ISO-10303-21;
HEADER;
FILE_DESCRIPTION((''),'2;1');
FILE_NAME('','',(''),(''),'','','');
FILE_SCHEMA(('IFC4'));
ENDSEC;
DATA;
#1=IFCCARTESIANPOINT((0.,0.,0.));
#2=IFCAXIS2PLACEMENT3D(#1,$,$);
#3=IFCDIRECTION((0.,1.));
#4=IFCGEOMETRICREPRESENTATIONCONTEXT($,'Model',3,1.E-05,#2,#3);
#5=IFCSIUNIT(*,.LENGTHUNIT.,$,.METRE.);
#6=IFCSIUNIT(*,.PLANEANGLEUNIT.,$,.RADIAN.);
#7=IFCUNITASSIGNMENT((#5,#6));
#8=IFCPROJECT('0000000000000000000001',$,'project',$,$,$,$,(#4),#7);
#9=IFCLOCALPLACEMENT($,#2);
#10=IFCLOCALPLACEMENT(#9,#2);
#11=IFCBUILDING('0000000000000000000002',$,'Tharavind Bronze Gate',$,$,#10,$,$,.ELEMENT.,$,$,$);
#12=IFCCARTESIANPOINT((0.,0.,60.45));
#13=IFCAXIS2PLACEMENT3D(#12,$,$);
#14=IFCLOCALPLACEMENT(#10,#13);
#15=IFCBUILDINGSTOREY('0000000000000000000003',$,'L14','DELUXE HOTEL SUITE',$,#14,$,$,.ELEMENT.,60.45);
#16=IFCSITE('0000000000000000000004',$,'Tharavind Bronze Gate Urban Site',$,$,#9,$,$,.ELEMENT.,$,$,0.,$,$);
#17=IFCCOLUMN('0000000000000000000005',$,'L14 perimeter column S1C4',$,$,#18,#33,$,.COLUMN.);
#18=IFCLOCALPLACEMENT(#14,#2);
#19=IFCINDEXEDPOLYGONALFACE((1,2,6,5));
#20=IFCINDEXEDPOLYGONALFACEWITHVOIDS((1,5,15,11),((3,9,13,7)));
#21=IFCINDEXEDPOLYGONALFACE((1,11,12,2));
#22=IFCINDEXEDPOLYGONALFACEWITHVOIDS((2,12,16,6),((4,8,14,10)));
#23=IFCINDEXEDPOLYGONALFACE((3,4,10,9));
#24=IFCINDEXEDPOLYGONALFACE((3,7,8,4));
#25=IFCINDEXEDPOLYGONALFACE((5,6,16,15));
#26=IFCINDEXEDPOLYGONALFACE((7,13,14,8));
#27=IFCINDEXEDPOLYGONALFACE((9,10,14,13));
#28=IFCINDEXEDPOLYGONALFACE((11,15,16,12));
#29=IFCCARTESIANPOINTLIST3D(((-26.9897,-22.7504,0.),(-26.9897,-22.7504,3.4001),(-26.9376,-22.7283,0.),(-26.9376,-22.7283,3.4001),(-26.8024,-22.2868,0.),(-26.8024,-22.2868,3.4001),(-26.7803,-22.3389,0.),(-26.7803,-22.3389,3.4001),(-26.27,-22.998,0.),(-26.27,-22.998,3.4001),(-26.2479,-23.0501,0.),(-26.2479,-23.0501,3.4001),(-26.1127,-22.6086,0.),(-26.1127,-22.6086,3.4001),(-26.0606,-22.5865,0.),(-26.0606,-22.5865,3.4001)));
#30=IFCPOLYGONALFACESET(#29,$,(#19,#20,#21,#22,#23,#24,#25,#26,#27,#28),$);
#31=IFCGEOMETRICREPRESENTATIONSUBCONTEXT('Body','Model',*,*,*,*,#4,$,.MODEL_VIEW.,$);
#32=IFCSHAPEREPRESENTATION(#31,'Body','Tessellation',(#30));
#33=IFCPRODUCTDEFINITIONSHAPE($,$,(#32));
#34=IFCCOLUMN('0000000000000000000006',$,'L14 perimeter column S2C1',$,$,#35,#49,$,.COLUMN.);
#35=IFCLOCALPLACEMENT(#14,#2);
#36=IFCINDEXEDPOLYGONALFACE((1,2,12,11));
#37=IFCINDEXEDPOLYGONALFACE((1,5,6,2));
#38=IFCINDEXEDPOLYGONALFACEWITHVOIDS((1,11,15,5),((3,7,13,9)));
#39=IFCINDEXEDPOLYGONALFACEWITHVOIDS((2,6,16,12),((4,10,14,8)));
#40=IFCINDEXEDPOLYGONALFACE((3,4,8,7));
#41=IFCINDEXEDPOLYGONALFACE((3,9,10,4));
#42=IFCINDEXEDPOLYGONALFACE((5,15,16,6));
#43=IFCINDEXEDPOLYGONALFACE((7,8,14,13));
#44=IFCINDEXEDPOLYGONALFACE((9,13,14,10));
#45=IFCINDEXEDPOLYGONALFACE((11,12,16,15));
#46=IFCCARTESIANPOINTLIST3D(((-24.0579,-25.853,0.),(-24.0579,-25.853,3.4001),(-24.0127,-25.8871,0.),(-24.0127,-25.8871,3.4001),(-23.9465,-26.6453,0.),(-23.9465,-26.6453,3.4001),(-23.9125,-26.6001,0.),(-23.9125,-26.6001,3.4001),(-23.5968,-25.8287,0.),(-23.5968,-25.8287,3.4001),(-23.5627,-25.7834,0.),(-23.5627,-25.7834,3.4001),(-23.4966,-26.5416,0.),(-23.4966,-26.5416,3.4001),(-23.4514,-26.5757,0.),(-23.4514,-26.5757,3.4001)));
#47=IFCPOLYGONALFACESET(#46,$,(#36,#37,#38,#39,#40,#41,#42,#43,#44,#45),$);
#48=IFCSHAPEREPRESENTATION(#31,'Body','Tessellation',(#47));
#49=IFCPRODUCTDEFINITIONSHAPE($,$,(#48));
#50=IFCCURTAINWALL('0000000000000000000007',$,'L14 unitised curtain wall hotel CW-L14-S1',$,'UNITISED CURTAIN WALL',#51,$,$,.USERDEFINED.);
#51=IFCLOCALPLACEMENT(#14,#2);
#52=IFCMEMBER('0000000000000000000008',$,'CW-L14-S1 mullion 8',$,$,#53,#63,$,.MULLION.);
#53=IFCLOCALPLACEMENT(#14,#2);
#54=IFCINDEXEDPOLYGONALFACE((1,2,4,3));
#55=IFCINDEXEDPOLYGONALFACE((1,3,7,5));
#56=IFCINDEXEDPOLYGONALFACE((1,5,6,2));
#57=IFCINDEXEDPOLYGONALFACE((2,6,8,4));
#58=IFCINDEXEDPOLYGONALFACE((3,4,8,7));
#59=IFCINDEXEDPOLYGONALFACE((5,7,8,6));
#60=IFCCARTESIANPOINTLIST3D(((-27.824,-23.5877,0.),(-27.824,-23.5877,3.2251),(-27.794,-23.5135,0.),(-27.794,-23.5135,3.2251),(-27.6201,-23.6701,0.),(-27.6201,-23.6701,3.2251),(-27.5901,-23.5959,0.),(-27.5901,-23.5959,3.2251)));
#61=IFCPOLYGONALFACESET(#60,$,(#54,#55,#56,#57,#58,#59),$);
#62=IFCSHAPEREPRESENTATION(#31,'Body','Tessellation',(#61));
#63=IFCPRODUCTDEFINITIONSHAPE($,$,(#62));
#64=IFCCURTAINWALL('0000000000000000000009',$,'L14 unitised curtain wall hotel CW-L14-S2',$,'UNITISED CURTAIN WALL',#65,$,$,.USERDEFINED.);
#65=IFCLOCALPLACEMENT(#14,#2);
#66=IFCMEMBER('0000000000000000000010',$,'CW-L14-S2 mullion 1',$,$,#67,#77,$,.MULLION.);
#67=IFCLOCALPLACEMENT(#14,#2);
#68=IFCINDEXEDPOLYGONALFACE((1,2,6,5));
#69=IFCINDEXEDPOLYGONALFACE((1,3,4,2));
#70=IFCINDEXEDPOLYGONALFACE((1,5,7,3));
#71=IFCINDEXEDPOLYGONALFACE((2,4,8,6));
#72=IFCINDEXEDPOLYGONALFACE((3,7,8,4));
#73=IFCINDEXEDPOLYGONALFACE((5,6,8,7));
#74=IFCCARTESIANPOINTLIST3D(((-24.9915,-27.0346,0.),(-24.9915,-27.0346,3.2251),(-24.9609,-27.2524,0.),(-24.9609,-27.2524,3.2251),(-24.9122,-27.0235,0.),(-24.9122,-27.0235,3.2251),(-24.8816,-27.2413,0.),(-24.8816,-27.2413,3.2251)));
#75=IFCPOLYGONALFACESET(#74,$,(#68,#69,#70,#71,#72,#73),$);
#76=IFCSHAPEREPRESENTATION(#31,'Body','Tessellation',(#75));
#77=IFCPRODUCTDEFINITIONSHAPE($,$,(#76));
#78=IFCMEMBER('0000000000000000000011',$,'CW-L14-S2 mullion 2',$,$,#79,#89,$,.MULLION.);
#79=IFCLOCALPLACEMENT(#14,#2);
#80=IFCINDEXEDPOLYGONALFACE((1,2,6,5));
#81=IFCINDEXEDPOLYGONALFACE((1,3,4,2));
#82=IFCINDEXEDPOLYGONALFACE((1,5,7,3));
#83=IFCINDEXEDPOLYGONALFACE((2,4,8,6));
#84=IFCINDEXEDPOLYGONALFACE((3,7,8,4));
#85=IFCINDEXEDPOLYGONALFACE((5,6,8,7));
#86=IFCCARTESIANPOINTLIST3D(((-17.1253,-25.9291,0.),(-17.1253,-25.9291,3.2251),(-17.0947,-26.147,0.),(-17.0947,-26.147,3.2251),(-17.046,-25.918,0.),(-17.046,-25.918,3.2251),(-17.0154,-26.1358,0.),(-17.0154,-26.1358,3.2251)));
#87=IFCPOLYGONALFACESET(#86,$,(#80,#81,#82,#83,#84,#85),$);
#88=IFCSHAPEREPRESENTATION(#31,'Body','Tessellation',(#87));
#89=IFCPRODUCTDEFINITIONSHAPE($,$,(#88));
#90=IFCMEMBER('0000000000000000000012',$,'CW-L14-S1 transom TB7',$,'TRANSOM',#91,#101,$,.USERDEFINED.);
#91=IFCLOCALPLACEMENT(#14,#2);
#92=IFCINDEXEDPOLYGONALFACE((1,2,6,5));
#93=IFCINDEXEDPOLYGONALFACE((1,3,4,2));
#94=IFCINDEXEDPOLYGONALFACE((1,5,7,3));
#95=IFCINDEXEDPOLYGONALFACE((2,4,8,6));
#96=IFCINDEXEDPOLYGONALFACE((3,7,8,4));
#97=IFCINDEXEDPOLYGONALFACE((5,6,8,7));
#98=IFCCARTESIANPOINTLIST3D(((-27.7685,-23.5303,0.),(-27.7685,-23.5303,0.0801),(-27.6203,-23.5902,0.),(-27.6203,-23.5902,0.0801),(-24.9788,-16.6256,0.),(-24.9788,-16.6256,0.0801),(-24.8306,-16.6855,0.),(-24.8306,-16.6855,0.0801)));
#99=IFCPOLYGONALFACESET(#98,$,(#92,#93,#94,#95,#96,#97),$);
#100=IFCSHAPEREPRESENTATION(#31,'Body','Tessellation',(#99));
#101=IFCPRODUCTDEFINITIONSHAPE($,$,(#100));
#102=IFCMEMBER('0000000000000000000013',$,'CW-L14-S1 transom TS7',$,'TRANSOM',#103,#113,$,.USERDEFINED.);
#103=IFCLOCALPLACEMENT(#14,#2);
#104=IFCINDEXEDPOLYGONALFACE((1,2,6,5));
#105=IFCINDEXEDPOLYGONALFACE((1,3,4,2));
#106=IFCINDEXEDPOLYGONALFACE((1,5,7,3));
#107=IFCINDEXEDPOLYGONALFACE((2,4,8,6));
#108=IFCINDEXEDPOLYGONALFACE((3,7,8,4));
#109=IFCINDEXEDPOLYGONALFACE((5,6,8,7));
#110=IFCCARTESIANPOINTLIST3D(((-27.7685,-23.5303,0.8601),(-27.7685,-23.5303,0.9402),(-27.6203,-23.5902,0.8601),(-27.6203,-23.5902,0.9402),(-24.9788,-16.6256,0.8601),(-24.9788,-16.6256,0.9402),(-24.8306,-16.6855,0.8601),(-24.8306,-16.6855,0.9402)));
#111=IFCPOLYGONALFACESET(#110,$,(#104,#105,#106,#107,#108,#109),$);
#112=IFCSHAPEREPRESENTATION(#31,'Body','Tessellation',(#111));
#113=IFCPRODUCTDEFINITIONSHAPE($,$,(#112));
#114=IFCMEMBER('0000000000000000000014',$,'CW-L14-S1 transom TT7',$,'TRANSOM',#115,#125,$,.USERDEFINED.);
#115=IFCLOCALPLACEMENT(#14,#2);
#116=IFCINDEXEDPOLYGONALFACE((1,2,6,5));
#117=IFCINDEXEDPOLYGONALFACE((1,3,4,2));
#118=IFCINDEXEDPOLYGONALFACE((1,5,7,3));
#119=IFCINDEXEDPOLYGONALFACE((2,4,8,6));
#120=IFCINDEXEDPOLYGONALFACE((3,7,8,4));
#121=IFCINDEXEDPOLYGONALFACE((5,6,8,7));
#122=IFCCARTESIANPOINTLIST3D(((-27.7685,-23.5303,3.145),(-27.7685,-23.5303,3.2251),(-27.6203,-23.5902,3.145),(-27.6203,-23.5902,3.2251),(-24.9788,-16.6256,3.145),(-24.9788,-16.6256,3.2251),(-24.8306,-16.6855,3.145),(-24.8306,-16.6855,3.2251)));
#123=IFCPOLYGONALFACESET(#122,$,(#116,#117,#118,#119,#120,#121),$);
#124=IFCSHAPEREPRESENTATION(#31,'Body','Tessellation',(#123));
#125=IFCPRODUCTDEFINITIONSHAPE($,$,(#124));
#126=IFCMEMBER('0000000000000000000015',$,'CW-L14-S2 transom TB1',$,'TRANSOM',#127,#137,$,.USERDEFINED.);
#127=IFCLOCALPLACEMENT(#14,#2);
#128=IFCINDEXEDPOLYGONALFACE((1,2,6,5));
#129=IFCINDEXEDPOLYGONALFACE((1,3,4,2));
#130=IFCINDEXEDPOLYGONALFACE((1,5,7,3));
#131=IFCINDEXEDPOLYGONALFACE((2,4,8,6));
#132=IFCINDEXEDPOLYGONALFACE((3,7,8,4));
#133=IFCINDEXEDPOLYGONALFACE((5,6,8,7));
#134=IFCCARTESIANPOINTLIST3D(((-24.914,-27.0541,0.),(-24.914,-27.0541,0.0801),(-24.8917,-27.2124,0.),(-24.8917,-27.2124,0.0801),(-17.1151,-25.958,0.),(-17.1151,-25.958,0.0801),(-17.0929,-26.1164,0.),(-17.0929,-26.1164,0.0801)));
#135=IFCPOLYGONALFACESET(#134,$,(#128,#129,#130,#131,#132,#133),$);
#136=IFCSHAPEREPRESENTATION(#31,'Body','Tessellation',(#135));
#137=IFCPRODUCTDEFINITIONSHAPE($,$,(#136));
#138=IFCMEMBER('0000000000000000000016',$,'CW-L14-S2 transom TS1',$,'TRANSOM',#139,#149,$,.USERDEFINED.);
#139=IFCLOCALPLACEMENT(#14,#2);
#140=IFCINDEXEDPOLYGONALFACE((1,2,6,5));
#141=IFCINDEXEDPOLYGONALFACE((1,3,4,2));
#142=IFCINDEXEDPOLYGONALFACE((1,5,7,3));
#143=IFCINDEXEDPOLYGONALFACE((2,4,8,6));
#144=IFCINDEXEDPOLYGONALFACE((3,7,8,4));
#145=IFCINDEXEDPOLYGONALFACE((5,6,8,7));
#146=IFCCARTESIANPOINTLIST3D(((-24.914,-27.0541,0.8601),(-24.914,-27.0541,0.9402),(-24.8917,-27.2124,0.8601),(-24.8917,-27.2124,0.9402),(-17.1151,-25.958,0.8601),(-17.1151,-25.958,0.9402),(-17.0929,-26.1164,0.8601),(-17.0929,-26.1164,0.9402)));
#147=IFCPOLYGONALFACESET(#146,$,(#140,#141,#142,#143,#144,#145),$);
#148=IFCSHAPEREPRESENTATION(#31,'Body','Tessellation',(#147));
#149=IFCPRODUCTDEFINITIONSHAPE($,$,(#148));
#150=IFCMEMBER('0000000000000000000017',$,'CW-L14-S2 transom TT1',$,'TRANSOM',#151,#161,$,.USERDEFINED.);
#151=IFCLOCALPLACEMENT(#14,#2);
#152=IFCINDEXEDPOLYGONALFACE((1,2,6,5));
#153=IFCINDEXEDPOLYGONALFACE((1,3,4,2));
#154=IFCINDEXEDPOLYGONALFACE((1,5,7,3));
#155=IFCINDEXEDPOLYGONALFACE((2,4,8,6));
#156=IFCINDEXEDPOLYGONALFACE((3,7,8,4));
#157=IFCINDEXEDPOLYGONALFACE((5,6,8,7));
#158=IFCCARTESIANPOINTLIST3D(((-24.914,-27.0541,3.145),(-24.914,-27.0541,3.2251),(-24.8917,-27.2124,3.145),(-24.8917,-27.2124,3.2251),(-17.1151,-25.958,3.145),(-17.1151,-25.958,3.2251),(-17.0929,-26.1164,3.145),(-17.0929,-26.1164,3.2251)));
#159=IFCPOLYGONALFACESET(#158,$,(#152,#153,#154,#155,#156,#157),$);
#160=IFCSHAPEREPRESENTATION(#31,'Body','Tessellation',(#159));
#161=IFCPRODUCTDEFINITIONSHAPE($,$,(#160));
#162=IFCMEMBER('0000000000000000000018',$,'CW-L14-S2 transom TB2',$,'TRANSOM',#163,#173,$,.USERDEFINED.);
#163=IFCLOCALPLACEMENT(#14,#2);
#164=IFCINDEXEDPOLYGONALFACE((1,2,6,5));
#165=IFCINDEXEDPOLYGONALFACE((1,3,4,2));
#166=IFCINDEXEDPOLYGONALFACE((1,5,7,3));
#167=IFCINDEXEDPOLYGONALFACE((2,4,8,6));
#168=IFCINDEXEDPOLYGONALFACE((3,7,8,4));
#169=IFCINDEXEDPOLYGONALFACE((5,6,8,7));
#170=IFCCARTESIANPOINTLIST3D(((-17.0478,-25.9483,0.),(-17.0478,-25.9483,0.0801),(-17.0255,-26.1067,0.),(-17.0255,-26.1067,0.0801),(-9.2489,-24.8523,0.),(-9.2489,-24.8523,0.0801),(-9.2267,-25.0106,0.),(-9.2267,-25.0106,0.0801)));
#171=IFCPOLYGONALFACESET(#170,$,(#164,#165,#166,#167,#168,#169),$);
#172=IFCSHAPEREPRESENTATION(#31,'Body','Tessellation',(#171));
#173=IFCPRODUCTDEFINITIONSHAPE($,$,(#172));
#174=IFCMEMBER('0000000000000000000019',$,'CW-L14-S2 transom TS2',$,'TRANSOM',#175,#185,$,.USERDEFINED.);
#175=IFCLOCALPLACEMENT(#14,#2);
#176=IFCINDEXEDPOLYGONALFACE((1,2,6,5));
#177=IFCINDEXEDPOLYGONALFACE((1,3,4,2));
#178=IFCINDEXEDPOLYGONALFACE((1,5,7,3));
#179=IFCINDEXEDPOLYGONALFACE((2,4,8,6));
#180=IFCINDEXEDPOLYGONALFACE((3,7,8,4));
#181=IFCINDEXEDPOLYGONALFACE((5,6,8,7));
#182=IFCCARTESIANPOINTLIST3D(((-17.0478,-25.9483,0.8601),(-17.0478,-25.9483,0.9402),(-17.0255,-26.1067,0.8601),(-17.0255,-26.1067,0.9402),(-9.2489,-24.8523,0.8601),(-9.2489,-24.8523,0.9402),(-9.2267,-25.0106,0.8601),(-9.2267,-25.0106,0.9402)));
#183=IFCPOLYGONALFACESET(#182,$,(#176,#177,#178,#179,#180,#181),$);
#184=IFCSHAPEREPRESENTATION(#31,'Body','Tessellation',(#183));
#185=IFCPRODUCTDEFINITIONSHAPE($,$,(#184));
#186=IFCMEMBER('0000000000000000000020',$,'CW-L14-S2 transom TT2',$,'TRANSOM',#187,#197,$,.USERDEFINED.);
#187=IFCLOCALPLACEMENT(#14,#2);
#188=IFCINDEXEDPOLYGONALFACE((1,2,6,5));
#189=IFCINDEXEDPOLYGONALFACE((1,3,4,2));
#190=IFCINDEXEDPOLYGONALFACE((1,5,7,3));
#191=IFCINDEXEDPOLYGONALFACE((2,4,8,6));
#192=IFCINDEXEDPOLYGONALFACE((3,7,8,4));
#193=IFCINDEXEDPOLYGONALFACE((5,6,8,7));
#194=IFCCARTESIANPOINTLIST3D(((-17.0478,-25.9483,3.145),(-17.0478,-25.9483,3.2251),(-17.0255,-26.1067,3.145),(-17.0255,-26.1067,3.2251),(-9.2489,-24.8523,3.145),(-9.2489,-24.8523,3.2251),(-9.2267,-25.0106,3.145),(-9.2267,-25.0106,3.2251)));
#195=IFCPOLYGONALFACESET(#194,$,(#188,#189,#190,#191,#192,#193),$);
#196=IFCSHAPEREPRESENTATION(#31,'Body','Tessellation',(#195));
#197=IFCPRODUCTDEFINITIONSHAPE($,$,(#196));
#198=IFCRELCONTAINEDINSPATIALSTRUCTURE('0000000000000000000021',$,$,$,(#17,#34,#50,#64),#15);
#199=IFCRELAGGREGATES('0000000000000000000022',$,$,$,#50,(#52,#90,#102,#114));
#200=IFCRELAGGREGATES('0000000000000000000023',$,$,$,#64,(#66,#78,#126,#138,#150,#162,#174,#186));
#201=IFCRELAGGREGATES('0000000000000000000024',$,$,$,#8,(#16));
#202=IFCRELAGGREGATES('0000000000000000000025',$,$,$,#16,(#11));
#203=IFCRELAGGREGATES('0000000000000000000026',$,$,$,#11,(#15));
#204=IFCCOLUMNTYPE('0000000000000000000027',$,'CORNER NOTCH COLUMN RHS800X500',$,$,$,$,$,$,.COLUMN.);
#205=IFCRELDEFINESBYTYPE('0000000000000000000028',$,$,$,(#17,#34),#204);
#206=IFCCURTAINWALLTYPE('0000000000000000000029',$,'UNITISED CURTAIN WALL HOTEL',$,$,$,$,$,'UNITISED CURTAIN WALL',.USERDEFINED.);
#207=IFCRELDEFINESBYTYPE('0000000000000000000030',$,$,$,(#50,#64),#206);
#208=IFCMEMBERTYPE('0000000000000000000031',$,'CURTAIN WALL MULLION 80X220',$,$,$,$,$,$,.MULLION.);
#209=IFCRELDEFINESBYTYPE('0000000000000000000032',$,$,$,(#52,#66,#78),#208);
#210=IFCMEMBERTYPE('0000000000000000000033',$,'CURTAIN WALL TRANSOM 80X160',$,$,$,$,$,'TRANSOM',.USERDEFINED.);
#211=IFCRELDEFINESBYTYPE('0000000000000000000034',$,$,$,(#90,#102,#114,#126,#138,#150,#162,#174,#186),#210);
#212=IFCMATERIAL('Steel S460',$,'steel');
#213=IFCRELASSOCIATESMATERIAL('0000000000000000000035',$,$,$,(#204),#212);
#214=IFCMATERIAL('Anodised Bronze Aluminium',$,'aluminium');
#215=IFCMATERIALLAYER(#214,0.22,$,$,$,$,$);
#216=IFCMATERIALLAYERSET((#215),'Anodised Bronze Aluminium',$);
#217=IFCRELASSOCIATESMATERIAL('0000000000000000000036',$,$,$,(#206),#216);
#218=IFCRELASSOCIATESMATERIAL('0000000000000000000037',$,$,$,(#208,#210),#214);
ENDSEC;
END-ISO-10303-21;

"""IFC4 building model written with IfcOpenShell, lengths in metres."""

from ifc_helpers import new_model, si_unit, direction, frame, origin, origin_2d, place, context, subcontext, project, spatial, rectangle, hollow_rectangle, extrude, material, layer, layer_set, material_profile, profile_set, type_object, element, aggregate, save


model = new_model("IFC4")

# Units and contexts
model_context = context("Model", 3, precision=1e-05, world=origin(), true_north=direction((0.0, 1.0)))
body_context = subcontext(model_context, "Body", "Model", "MODEL_VIEW")
ifc_project = project(units=[si_unit("LENGTHUNIT", "METRE"), si_unit("PLANEANGLEUNIT", "RADIAN")], contexts=[model_context])

# Site, building, storey
site_placement = place(None, origin())
site = spatial("IfcSite", under=ifc_project, at=site_placement, Name="Tharavind Bronze Gate Urban Site", CompositionType="ELEMENT", RefElevation=0.0)
building_placement = place(site_placement, origin())
building = spatial("IfcBuilding", under=site, at=building_placement, Name="Tharavind Bronze Gate", CompositionType="ELEMENT")
storey_placement = place(building_placement, frame((0.0, 0.0, 60.45)))
storey = spatial("IfcBuildingStorey", under=building, at=storey_placement, Name="L14", Description="DELUXE HOTEL SUITE", CompositionType="ELEMENT", Elevation=60.45)

# Columns
ifc_material_1 = material(Name="Steel S460", Category="steel")
ifc_material_profile_1 = material_profile(ifc_material_1, hollow_rectangle(XDim=0.5, YDim=0.8, WallThickness=0.04, at=origin_2d()), Name="RHS800X500X40")
ifc_profile_set_1 = profile_set([ifc_material_profile_1], Name="Steel S460")
column_type = type_object("IfcColumnType", Name="CORNER NOTCH COLUMN RHS800X500", PredefinedType="COLUMN", material=ifc_profile_set_1)
for number, where, z_axis, x_axis, name in (
    (1, (-26.5251, -22.6685, 0.0), (0.0, 0.0, 1.0), (0.374608, 0.927183, 0.0), "L14 perimeter column S1C4"),
    (2, (-23.7546, -26.2144, 0.0), (0.0, 0.0, 1.0), (0.990268, 0.139173, 0.0), "L14 perimeter column S2C1"),
):
    element("IfcColumn", number, at=place(storey_placement, frame(where, z_axis=z_axis, x_axis=x_axis)), inside=storey, type_object=column_type, Name=name, PredefinedType="COLUMN", context=body_context, shape_type="SweptSolid", body=[
        extrude(hollow_rectangle(XDim=0.5, YDim=0.8, WallThickness=0.04, at=origin_2d()), origin(), (0.0, 0.0, 1.0), 3.4001),
    ])

# Curtain wall, member
ifc_material_2 = material(Name="Anodised Bronze Aluminium", Category="aluminium")
ifc_layer_1 = layer(ifc_material_2, 0.22)
ifc_layer_set_1 = layer_set([ifc_layer_1], Name="Anodised Bronze Aluminium")
curtain_wall_type = type_object("IfcCurtainWallType", Name="UNITISED CURTAIN WALL HOTEL", ElementType="UNITISED CURTAIN WALL", PredefinedType="USERDEFINED", material=ifc_layer_set_1)
curtain_wall_1_placement = place(storey_placement, origin())
curtain_wall_1 = element("IfcCurtainWall", 3, at=curtain_wall_1_placement, inside=storey, type_object=curtain_wall_type, Name="L14 unitised curtain wall hotel CW-L14-S1", ObjectType="UNITISED CURTAIN WALL", PredefinedType="USERDEFINED")
member_type_1 = type_object("IfcMemberType", Name="CURTAIN WALL MULLION 80X220", PredefinedType="MULLION", material=ifc_material_2)
member_1_placement = place(storey_placement, frame((-27.707, -23.5918, 0.0), z_axis=(0.0, 0.0, 1.0), x_axis=(-0.374607, -0.927184, 0.0)))
member_1 = element("IfcMember", 4, at=member_1_placement, type_object=member_type_1, Name="CW-L14-S1 mullion 8", PredefinedType="MULLION", context=body_context, shape_type="SweptSolid", body=[
    extrude(rectangle(XDim=0.0801, YDim=0.22, at=origin_2d()), origin(), (0.0, 0.0, 1.0), 3.2251),
])

# Curtain wall, members
curtain_wall_2_placement = place(storey_placement, origin())
curtain_wall_2 = element("IfcCurtainWall", 5, at=curtain_wall_2_placement, inside=storey, type_object=curtain_wall_type, Name="L14 unitised curtain wall hotel CW-L14-S2", ObjectType="UNITISED CURTAIN WALL", PredefinedType="USERDEFINED")
member_2_placement = place(storey_placement, frame((-24.9365, -27.1379, 0.0), z_axis=(0.0, 0.0, 1.0), x_axis=(0.990268, 0.139173, 0.0)))
member_2 = element("IfcMember", 6, at=member_2_placement, type_object=member_type_1, Name="CW-L14-S2 mullion 1", PredefinedType="MULLION", context=body_context, shape_type="SweptSolid", body=[
    extrude(rectangle(XDim=0.0801, YDim=0.22, at=origin_2d()), origin(), (0.0, 0.0, 1.0), 3.2251),
])
member_3_placement = place(storey_placement, frame((-17.0703, -26.0325, 0.0), z_axis=(0.0, 0.0, 1.0), x_axis=(0.990268, 0.139173, 0.0)))
member_3 = element("IfcMember", 7, at=member_3_placement, type_object=member_type_1, Name="CW-L14-S2 mullion 2", PredefinedType="MULLION", context=body_context, shape_type="SweptSolid", body=[
    extrude(rectangle(XDim=0.0801, YDim=0.22, at=origin_2d()), origin(), (0.0, 0.0, 1.0), 3.2251),
])

# Members
member_type_2 = type_object("IfcMemberType", Name="CURTAIN WALL TRANSOM 80X160", ElementType="TRANSOM", PredefinedType="USERDEFINED", material=ifc_material_2)
member_4_placement = place(storey_placement, frame((-26.2996, -20.1079, 0.0), z_axis=(0.0, 0.0, 1.0), x_axis=(-0.374607, -0.927184, 0.0)))
member_4 = element("IfcMember", 8, at=member_4_placement, type_object=member_type_2, Name="CW-L14-S1 transom TB7", ObjectType="TRANSOM", PredefinedType="USERDEFINED", context=body_context, shape_type="SweptSolid", body=[
    extrude(rectangle(XDim=7.447, YDim=0.1599, at=origin_2d()), origin(), (0.0, 0.0, 1.0), 0.0801),
])
member_5_placement = place(storey_placement, frame((-26.2996, -20.1079, 0.8601), z_axis=(0.0, 0.0, 1.0), x_axis=(-0.374607, -0.927184, 0.0)))
member_5 = element("IfcMember", 9, at=member_5_placement, type_object=member_type_2, Name="CW-L14-S1 transom TS7", ObjectType="TRANSOM", PredefinedType="USERDEFINED", context=body_context, shape_type="SweptSolid", body=[
    extrude(rectangle(XDim=7.447, YDim=0.1599, at=origin_2d()), origin(), (0.0, 0.0, 1.0), 0.0801),
])
member_6_placement = place(storey_placement, frame((-26.2996, -20.1079, 3.145), z_axis=(0.0, 0.0, 1.0), x_axis=(-0.374607, -0.927184, 0.0)))
member_6 = element("IfcMember", 10, at=member_6_placement, type_object=member_type_2, Name="CW-L14-S1 transom TT7", ObjectType="TRANSOM", PredefinedType="USERDEFINED", context=body_context, shape_type="SweptSolid", body=[
    extrude(rectangle(XDim=7.447, YDim=0.1599, at=origin_2d()), origin(), (0.0, 0.0, 1.0), 0.0801),
])
aggregate(curtain_wall_1, [member_1, member_4, member_5, member_6])
member_7_placement = place(storey_placement, frame((-21.0034, -26.5852, 0.0), z_axis=(0.0, 0.0, 1.0), x_axis=(0.990268, 0.139173, 0.0)))
member_7 = element("IfcMember", 11, at=member_7_placement, type_object=member_type_2, Name="CW-L14-S2 transom TB1", ObjectType="TRANSOM", PredefinedType="USERDEFINED", context=body_context, shape_type="SweptSolid", body=[
    extrude(rectangle(XDim=7.8755, YDim=0.1599, at=origin_2d()), origin(), (0.0, 0.0, 1.0), 0.0801),
])
member_8_placement = place(storey_placement, frame((-21.0034, -26.5852, 0.8601), z_axis=(0.0, 0.0, 1.0), x_axis=(0.990268, 0.139173, 0.0)))
member_8 = element("IfcMember", 12, at=member_8_placement, type_object=member_type_2, Name="CW-L14-S2 transom TS1", ObjectType="TRANSOM", PredefinedType="USERDEFINED", context=body_context, shape_type="SweptSolid", body=[
    extrude(rectangle(XDim=7.8755, YDim=0.1599, at=origin_2d()), origin(), (0.0, 0.0, 1.0), 0.0801),
])
member_9_placement = place(storey_placement, frame((-21.0034, -26.5852, 3.145), z_axis=(0.0, 0.0, 1.0), x_axis=(0.990268, 0.139173, 0.0)))
member_9 = element("IfcMember", 13, at=member_9_placement, type_object=member_type_2, Name="CW-L14-S2 transom TT1", ObjectType="TRANSOM", PredefinedType="USERDEFINED", context=body_context, shape_type="SweptSolid", body=[
    extrude(rectangle(XDim=7.8755, YDim=0.1599, at=origin_2d()), origin(), (0.0, 0.0, 1.0), 0.0801),
])
member_10_placement = place(storey_placement, frame((-13.1372, -25.4795, 0.0), z_axis=(0.0, 0.0, 1.0), x_axis=(0.990268, 0.139173, 0.0)))
member_10 = element("IfcMember", 14, at=member_10_placement, type_object=member_type_2, Name="CW-L14-S2 transom TB2", ObjectType="TRANSOM", PredefinedType="USERDEFINED", context=body_context, shape_type="SweptSolid", body=[
    extrude(rectangle(XDim=7.8755, YDim=0.1599, at=origin_2d()), origin(), (0.0, 0.0, 1.0), 0.0801),
])
member_11_placement = place(storey_placement, frame((-13.1372, -25.4795, 0.8601), z_axis=(0.0, 0.0, 1.0), x_axis=(0.990268, 0.139173, 0.0)))
member_11 = element("IfcMember", 15, at=member_11_placement, type_object=member_type_2, Name="CW-L14-S2 transom TS2", ObjectType="TRANSOM", PredefinedType="USERDEFINED", context=body_context, shape_type="SweptSolid", body=[
    extrude(rectangle(XDim=7.8755, YDim=0.1599, at=origin_2d()), origin(), (0.0, 0.0, 1.0), 0.0801),
])
member_12_placement = place(storey_placement, frame((-13.1372, -25.4795, 3.145), z_axis=(0.0, 0.0, 1.0), x_axis=(0.990268, 0.139173, 0.0)))
member_12 = element("IfcMember", 16, at=member_12_placement, type_object=member_type_2, Name="CW-L14-S2 transom TT2", ObjectType="TRANSOM", PredefinedType="USERDEFINED", context=body_context, shape_type="SweptSolid", body=[
    extrude(rectangle(XDim=7.8755, YDim=0.1599, at=origin_2d()), origin(), (0.0, 0.0, 1.0), 0.0801),
])

aggregate(curtain_wall_2, [member_2, member_3, member_7, member_8, member_9, member_10, member_11, member_12])

save(model, "model.ifc")
